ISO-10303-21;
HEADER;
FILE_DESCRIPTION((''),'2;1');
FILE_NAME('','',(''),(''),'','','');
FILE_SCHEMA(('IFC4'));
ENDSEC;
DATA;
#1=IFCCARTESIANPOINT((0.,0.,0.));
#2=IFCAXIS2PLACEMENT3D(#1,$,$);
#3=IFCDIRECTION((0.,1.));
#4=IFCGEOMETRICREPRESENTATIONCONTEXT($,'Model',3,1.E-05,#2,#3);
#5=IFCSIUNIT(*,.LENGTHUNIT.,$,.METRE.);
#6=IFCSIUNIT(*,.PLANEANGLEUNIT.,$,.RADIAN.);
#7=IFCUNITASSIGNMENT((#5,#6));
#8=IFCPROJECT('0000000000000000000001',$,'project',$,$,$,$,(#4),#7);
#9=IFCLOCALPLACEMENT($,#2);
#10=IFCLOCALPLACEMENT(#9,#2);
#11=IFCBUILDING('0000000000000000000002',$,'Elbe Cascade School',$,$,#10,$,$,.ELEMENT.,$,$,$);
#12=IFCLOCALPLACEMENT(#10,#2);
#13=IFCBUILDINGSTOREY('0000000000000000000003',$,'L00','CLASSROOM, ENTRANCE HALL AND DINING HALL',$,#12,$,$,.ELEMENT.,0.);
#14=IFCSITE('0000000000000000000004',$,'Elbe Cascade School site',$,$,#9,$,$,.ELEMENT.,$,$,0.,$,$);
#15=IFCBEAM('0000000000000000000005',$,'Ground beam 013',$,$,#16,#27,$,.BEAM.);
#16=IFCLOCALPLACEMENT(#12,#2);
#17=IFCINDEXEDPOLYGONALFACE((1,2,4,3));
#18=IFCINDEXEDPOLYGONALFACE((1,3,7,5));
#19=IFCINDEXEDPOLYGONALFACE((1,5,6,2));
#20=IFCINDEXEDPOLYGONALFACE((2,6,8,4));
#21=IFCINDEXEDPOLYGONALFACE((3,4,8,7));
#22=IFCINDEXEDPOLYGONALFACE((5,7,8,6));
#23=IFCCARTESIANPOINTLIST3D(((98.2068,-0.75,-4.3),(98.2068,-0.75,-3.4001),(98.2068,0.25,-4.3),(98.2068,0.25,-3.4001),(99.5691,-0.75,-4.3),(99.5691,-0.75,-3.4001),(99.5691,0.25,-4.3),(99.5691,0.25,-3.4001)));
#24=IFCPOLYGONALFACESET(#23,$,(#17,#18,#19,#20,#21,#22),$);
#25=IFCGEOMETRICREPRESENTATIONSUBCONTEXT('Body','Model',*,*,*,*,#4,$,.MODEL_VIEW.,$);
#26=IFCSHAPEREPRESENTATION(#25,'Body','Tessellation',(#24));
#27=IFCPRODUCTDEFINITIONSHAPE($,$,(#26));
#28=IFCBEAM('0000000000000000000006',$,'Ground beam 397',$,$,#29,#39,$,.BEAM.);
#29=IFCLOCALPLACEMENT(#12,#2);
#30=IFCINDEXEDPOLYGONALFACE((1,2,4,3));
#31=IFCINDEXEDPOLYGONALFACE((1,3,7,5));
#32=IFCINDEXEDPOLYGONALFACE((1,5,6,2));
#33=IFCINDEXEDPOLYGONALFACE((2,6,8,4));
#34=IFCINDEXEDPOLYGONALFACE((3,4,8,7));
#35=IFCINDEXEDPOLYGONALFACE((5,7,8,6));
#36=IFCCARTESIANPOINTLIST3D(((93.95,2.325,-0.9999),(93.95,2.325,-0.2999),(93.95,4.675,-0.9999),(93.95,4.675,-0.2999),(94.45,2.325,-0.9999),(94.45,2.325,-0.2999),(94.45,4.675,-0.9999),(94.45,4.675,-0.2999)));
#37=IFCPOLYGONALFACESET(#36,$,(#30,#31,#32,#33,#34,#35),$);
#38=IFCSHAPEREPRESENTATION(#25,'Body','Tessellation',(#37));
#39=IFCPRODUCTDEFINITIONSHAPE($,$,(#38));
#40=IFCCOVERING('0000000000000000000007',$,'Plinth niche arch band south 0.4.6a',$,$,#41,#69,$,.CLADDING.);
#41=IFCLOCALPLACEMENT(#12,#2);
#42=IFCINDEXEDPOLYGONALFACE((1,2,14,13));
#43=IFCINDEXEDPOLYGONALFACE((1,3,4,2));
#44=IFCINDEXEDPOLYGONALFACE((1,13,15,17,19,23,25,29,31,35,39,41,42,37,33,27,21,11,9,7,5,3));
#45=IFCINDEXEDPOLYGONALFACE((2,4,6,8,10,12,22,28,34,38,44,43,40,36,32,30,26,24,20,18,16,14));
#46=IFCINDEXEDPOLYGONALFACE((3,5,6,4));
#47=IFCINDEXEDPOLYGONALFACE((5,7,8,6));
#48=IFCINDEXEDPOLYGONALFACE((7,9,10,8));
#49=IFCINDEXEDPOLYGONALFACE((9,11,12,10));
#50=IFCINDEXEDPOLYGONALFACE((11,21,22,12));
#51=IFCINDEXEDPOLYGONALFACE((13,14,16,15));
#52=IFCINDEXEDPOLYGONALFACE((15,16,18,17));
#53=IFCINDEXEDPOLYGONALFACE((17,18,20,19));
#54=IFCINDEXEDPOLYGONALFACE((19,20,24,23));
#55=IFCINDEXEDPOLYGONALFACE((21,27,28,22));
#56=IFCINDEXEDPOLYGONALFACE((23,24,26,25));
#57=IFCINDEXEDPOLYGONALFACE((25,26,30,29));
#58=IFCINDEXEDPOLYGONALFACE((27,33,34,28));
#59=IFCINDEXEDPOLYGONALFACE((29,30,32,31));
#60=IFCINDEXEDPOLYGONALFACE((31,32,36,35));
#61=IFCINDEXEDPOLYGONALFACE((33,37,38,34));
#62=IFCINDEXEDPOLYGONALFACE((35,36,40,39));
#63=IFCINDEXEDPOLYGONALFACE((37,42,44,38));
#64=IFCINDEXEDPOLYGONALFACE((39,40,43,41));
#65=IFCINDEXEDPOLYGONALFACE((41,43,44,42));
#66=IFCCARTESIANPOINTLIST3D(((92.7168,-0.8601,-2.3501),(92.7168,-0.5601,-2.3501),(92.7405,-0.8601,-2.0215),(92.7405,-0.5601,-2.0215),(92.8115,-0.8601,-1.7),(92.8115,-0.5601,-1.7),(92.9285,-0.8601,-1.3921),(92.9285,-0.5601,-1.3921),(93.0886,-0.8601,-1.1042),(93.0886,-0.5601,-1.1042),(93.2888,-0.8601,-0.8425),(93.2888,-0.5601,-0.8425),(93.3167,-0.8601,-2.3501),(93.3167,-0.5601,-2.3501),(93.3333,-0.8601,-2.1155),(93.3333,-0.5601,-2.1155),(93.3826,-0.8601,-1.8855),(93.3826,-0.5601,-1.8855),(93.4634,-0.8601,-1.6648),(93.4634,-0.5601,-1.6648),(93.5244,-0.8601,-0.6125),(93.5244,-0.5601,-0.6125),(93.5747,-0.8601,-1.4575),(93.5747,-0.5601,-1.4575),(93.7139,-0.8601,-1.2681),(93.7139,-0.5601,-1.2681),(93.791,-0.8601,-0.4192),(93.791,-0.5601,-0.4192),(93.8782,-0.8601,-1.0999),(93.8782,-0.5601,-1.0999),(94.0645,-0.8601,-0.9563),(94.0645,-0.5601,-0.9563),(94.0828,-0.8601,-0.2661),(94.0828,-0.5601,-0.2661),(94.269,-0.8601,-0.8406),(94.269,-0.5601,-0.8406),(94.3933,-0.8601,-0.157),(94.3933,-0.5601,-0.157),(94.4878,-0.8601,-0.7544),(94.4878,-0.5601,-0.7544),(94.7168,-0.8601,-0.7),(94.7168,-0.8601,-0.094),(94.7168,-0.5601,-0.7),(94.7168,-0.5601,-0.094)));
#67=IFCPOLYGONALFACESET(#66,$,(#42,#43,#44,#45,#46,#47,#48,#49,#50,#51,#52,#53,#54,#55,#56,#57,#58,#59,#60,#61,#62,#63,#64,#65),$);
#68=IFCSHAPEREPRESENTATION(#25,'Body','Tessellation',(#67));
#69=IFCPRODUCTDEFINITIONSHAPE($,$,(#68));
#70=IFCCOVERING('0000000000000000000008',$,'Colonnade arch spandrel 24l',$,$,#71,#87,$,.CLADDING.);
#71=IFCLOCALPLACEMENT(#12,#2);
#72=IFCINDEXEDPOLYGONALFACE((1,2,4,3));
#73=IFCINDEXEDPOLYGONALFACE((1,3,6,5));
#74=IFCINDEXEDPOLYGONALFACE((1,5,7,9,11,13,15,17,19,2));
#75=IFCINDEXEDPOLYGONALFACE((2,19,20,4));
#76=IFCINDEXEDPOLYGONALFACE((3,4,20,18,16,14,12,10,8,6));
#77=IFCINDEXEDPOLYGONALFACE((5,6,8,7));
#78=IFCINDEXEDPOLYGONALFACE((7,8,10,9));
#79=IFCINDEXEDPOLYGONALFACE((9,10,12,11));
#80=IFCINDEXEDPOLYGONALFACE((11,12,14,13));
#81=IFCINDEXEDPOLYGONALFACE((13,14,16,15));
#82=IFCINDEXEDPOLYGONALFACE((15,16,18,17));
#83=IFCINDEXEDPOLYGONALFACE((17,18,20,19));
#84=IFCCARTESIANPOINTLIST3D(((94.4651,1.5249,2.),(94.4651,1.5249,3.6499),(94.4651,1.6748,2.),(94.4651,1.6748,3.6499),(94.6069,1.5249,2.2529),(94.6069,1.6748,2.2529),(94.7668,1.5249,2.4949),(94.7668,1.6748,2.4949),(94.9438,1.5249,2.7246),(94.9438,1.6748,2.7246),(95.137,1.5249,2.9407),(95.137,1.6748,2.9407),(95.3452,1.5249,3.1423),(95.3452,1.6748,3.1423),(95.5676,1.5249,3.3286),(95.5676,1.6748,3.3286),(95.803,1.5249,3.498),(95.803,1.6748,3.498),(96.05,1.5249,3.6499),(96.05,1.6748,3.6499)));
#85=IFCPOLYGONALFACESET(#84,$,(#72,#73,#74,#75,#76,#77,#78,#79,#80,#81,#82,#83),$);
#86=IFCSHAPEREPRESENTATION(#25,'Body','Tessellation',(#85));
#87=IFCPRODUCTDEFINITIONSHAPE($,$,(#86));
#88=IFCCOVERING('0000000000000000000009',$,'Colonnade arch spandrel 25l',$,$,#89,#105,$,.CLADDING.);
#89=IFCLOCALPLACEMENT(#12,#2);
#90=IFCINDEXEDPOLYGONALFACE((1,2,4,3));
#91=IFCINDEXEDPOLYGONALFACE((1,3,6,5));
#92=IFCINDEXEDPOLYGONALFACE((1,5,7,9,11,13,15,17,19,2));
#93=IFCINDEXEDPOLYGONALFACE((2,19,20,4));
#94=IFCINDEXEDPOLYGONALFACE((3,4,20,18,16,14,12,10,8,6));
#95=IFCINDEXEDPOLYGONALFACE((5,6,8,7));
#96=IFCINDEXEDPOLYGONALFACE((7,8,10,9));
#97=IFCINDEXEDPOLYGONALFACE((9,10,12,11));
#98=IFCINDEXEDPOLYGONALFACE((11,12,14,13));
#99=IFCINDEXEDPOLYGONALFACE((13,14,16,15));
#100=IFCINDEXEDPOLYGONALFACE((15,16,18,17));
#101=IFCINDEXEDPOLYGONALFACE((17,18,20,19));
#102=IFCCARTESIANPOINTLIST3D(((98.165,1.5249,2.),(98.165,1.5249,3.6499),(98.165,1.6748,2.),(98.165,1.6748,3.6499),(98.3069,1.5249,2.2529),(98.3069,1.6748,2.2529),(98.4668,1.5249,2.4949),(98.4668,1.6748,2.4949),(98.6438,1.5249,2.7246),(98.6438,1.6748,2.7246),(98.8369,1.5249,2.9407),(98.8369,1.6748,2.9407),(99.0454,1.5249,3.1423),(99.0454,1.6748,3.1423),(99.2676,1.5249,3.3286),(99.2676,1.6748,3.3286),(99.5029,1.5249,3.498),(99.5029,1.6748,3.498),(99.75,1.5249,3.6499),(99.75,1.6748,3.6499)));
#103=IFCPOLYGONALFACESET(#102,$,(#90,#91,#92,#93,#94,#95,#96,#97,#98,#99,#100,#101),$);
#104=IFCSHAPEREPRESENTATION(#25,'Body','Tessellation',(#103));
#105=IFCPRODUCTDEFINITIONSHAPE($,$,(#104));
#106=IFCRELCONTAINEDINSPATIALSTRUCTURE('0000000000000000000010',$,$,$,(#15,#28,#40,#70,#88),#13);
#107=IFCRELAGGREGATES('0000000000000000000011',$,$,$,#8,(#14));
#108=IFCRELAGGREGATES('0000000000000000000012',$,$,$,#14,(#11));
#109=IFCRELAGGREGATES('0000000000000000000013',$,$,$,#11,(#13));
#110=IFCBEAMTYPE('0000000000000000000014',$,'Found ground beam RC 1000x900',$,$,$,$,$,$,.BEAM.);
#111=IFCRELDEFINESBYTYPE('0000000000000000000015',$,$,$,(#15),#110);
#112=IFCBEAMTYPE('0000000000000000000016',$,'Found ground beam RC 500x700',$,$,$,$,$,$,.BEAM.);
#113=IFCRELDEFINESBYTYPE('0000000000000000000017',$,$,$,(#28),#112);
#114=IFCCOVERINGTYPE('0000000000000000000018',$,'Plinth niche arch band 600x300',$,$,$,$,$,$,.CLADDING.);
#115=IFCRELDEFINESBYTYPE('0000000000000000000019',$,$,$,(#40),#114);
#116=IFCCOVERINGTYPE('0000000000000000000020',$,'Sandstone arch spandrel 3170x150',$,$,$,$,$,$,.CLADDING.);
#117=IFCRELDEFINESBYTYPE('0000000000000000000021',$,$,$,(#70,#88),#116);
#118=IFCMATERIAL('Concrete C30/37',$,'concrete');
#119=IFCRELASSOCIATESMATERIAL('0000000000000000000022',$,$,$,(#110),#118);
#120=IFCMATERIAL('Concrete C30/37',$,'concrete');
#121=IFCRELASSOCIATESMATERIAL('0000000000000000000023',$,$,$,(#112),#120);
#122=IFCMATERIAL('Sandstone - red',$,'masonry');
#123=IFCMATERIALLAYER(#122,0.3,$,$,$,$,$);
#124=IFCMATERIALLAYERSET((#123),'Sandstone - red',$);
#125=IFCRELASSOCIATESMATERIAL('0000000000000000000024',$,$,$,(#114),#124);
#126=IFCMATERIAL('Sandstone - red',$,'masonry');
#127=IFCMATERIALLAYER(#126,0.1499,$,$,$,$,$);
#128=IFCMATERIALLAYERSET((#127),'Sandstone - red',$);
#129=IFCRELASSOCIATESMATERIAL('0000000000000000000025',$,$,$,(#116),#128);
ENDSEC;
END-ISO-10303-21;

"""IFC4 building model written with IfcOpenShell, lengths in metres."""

from ifc_helpers import new_model, si_unit, direction, frame, origin, origin_2d, place, context, subcontext, project, spatial, polyline, rectangle, outline, extrude, material, layer, layer_set, material_profile, profile_set, type_object, element, save


model = new_model("IFC4")

# Units and contexts
model_context = context("Model", 3, precision=1e-05, world=origin(), true_north=direction((0.0, 1.0)))
body_context = subcontext(model_context, "Body", "Model", "MODEL_VIEW")
ifc_project = project(units=[si_unit("LENGTHUNIT", "METRE"), si_unit("PLANEANGLEUNIT", "RADIAN")], contexts=[model_context])

# Site, building, storey
site_placement = place(None, origin())
site = spatial("IfcSite", under=ifc_project, at=site_placement, Name="Elbe Cascade School site", CompositionType="ELEMENT", RefElevation=0.0)
building_placement = place(site_placement, origin())
building = spatial("IfcBuilding", under=site, at=building_placement, Name="Elbe Cascade School", CompositionType="ELEMENT")
storey_placement = place(building_placement, origin())
storey = spatial("IfcBuildingStorey", under=building, at=storey_placement, Name="L00", Description="CLASSROOM, ENTRANCE HALL AND DINING HALL", CompositionType="ELEMENT", Elevation=0.0)

# Beams
ifc_material_1 = material(Name="Concrete C30/37", Category="concrete")
ifc_material_profile_1 = material_profile(ifc_material_1, rectangle(XDim=1.0, YDim=0.8999, at=origin_2d()), Name="RC 1000x900")
ifc_profile_set_1 = profile_set([ifc_material_profile_1], Name="Concrete C30/37")
beam_type_1 = type_object("IfcBeamType", Name="Found ground beam RC 1000x900", PredefinedType="BEAM", material=ifc_profile_set_1)
beam_1_placement = place(storey_placement, frame((98.2068, -0.25, -3.8501), z_axis=(1.0, 0.0, 0.0), x_axis=(0.0, 1.0, 0.0)))
element("IfcBeam", 1, at=beam_1_placement, inside=storey, type_object=beam_type_1, Name="Ground beam 013", PredefinedType="BEAM", context=body_context, shape_type="SweptSolid", body=[
    extrude(rectangle(XDim=1.0, YDim=0.8999, at=origin_2d()), origin(), (0.0, 0.0, 1.0), 1.3623),
])
ifc_material_2 = material(Name="Concrete C30/37", Category="concrete")
ifc_material_profile_2 = material_profile(ifc_material_2, rectangle(XDim=0.5, YDim=0.7, at=origin_2d()), Name="RC 500x700")
ifc_profile_set_2 = profile_set([ifc_material_profile_2], Name="Concrete C30/37")
beam_type_2 = type_object("IfcBeamType", Name="Found ground beam RC 500x700", PredefinedType="BEAM", material=ifc_profile_set_2)
beam_2_placement = place(storey_placement, frame((94.2, 2.325, -0.6499), z_axis=(0.0, 1.0, 0.0), x_axis=(-1.0, 0.0, 0.0)))
element("IfcBeam", 2, at=beam_2_placement, inside=storey, type_object=beam_type_2, Name="Ground beam 397", PredefinedType="BEAM", context=body_context, shape_type="SweptSolid", body=[
    extrude(rectangle(XDim=0.5, YDim=0.7, at=origin_2d()), origin(), (0.0, 0.0, 1.0), 2.3501),
])

# Coverings
ifc_material_3 = material(Name="Sandstone - red", Category="masonry")
ifc_layer_1 = layer(ifc_material_3, 0.3)
ifc_layer_set_1 = layer_set([ifc_layer_1], Name="Sandstone - red")
covering_type_1 = type_object("IfcCoveringType", Name="Plinth niche arch band 600x300", PredefinedType="CLADDING", material=ifc_layer_set_1)
covering_1_placement = place(storey_placement, frame((92.7168, -0.8601, -2.3501), z_axis=(0.0, -1.0, 0.0), x_axis=(1.0, 0.0, 0.0)))
element("IfcCovering", 3, at=covering_1_placement, inside=storey, type_object=covering_type_1, Name="Plinth niche arch band south 0.4.6a", PredefinedType="CLADDING", context=body_context, shape_type="SweptSolid", body=[
    extrude(outline(polyline([(0.0, 0.0), (0.5999, 0.0), (0.6165, 0.2346), (0.6658, 0.4646), (0.7466, 0.6853), (0.8579, 0.8926), (0.9971, 1.082), (1.1614, 1.2502), (1.3477, 1.3938), (1.5522, 1.5095), (1.771, 1.5957), (2.0, 1.6501), (2.0, 2.2561), (1.6765, 2.1931), (1.366, 2.084), (1.0742, 1.9309), (0.8076, 1.7375), (0.572, 1.5076), (0.3718, 1.2458), (0.2117, 0.958), (0.0947, 0.6501), (0.0237, 0.3286), (0.0, 0.0)])), origin(), (0.0, 0.0, -1.0), 0.3),
])
ifc_material_4 = material(Name="Sandstone - red", Category="masonry")
ifc_layer_2 = layer(ifc_material_4, 0.1499)
ifc_layer_set_2 = layer_set([ifc_layer_2], Name="Sandstone - red")
covering_type_2 = type_object("IfcCoveringType", Name="Sandstone arch spandrel 3170x150", PredefinedType="CLADDING", material=ifc_layer_set_2)
covering_2_placement = place(storey_placement, frame((94.4651, 1.5249, 3.6499), z_axis=(0.0, -1.0, 0.0), x_axis=(0.0, 0.0, -1.0)))
element("IfcCovering", 4, at=covering_2_placement, inside=storey, type_object=covering_type_2, Name="Colonnade arch spandrel 24l", PredefinedType="CLADDING", context=body_context, shape_type="SweptSolid", body=[
    extrude(outline(polyline([(0.0, 0.0), (1.6499, 0.0), (1.397, 0.1418), (1.155, 0.3018), (0.9253, 0.4788), (0.7092, 0.6719), (0.5076, 0.8801), (0.3213, 1.1025), (0.1519, 1.3379), (0.0, 1.585), (0.0, 0.0)])), origin(), (0.0, 0.0, -1.0), 0.1499),
])
covering_3_placement = place(storey_placement, frame((98.165, 1.5249, 3.6499), z_axis=(0.0, -1.0, 0.0), x_axis=(0.0, 0.0, -1.0)))
element("IfcCovering", 5, at=covering_3_placement, inside=storey, type_object=covering_type_2, Name="Colonnade arch spandrel 25l", PredefinedType="CLADDING", context=body_context, shape_type="SweptSolid", body=[
    extrude(outline(polyline([(0.0, 0.0), (1.6499, 0.0), (1.397, 0.1418), (1.155, 0.3018), (0.9253, 0.4788), (0.7092, 0.6719), (0.5076, 0.8804), (0.3213, 1.1025), (0.1519, 1.3379), (0.0, 1.585), (0.0, 0.0)])), origin(), (0.0, 0.0, -1.0), 0.1499),
])

save(model, "model.ifc")
